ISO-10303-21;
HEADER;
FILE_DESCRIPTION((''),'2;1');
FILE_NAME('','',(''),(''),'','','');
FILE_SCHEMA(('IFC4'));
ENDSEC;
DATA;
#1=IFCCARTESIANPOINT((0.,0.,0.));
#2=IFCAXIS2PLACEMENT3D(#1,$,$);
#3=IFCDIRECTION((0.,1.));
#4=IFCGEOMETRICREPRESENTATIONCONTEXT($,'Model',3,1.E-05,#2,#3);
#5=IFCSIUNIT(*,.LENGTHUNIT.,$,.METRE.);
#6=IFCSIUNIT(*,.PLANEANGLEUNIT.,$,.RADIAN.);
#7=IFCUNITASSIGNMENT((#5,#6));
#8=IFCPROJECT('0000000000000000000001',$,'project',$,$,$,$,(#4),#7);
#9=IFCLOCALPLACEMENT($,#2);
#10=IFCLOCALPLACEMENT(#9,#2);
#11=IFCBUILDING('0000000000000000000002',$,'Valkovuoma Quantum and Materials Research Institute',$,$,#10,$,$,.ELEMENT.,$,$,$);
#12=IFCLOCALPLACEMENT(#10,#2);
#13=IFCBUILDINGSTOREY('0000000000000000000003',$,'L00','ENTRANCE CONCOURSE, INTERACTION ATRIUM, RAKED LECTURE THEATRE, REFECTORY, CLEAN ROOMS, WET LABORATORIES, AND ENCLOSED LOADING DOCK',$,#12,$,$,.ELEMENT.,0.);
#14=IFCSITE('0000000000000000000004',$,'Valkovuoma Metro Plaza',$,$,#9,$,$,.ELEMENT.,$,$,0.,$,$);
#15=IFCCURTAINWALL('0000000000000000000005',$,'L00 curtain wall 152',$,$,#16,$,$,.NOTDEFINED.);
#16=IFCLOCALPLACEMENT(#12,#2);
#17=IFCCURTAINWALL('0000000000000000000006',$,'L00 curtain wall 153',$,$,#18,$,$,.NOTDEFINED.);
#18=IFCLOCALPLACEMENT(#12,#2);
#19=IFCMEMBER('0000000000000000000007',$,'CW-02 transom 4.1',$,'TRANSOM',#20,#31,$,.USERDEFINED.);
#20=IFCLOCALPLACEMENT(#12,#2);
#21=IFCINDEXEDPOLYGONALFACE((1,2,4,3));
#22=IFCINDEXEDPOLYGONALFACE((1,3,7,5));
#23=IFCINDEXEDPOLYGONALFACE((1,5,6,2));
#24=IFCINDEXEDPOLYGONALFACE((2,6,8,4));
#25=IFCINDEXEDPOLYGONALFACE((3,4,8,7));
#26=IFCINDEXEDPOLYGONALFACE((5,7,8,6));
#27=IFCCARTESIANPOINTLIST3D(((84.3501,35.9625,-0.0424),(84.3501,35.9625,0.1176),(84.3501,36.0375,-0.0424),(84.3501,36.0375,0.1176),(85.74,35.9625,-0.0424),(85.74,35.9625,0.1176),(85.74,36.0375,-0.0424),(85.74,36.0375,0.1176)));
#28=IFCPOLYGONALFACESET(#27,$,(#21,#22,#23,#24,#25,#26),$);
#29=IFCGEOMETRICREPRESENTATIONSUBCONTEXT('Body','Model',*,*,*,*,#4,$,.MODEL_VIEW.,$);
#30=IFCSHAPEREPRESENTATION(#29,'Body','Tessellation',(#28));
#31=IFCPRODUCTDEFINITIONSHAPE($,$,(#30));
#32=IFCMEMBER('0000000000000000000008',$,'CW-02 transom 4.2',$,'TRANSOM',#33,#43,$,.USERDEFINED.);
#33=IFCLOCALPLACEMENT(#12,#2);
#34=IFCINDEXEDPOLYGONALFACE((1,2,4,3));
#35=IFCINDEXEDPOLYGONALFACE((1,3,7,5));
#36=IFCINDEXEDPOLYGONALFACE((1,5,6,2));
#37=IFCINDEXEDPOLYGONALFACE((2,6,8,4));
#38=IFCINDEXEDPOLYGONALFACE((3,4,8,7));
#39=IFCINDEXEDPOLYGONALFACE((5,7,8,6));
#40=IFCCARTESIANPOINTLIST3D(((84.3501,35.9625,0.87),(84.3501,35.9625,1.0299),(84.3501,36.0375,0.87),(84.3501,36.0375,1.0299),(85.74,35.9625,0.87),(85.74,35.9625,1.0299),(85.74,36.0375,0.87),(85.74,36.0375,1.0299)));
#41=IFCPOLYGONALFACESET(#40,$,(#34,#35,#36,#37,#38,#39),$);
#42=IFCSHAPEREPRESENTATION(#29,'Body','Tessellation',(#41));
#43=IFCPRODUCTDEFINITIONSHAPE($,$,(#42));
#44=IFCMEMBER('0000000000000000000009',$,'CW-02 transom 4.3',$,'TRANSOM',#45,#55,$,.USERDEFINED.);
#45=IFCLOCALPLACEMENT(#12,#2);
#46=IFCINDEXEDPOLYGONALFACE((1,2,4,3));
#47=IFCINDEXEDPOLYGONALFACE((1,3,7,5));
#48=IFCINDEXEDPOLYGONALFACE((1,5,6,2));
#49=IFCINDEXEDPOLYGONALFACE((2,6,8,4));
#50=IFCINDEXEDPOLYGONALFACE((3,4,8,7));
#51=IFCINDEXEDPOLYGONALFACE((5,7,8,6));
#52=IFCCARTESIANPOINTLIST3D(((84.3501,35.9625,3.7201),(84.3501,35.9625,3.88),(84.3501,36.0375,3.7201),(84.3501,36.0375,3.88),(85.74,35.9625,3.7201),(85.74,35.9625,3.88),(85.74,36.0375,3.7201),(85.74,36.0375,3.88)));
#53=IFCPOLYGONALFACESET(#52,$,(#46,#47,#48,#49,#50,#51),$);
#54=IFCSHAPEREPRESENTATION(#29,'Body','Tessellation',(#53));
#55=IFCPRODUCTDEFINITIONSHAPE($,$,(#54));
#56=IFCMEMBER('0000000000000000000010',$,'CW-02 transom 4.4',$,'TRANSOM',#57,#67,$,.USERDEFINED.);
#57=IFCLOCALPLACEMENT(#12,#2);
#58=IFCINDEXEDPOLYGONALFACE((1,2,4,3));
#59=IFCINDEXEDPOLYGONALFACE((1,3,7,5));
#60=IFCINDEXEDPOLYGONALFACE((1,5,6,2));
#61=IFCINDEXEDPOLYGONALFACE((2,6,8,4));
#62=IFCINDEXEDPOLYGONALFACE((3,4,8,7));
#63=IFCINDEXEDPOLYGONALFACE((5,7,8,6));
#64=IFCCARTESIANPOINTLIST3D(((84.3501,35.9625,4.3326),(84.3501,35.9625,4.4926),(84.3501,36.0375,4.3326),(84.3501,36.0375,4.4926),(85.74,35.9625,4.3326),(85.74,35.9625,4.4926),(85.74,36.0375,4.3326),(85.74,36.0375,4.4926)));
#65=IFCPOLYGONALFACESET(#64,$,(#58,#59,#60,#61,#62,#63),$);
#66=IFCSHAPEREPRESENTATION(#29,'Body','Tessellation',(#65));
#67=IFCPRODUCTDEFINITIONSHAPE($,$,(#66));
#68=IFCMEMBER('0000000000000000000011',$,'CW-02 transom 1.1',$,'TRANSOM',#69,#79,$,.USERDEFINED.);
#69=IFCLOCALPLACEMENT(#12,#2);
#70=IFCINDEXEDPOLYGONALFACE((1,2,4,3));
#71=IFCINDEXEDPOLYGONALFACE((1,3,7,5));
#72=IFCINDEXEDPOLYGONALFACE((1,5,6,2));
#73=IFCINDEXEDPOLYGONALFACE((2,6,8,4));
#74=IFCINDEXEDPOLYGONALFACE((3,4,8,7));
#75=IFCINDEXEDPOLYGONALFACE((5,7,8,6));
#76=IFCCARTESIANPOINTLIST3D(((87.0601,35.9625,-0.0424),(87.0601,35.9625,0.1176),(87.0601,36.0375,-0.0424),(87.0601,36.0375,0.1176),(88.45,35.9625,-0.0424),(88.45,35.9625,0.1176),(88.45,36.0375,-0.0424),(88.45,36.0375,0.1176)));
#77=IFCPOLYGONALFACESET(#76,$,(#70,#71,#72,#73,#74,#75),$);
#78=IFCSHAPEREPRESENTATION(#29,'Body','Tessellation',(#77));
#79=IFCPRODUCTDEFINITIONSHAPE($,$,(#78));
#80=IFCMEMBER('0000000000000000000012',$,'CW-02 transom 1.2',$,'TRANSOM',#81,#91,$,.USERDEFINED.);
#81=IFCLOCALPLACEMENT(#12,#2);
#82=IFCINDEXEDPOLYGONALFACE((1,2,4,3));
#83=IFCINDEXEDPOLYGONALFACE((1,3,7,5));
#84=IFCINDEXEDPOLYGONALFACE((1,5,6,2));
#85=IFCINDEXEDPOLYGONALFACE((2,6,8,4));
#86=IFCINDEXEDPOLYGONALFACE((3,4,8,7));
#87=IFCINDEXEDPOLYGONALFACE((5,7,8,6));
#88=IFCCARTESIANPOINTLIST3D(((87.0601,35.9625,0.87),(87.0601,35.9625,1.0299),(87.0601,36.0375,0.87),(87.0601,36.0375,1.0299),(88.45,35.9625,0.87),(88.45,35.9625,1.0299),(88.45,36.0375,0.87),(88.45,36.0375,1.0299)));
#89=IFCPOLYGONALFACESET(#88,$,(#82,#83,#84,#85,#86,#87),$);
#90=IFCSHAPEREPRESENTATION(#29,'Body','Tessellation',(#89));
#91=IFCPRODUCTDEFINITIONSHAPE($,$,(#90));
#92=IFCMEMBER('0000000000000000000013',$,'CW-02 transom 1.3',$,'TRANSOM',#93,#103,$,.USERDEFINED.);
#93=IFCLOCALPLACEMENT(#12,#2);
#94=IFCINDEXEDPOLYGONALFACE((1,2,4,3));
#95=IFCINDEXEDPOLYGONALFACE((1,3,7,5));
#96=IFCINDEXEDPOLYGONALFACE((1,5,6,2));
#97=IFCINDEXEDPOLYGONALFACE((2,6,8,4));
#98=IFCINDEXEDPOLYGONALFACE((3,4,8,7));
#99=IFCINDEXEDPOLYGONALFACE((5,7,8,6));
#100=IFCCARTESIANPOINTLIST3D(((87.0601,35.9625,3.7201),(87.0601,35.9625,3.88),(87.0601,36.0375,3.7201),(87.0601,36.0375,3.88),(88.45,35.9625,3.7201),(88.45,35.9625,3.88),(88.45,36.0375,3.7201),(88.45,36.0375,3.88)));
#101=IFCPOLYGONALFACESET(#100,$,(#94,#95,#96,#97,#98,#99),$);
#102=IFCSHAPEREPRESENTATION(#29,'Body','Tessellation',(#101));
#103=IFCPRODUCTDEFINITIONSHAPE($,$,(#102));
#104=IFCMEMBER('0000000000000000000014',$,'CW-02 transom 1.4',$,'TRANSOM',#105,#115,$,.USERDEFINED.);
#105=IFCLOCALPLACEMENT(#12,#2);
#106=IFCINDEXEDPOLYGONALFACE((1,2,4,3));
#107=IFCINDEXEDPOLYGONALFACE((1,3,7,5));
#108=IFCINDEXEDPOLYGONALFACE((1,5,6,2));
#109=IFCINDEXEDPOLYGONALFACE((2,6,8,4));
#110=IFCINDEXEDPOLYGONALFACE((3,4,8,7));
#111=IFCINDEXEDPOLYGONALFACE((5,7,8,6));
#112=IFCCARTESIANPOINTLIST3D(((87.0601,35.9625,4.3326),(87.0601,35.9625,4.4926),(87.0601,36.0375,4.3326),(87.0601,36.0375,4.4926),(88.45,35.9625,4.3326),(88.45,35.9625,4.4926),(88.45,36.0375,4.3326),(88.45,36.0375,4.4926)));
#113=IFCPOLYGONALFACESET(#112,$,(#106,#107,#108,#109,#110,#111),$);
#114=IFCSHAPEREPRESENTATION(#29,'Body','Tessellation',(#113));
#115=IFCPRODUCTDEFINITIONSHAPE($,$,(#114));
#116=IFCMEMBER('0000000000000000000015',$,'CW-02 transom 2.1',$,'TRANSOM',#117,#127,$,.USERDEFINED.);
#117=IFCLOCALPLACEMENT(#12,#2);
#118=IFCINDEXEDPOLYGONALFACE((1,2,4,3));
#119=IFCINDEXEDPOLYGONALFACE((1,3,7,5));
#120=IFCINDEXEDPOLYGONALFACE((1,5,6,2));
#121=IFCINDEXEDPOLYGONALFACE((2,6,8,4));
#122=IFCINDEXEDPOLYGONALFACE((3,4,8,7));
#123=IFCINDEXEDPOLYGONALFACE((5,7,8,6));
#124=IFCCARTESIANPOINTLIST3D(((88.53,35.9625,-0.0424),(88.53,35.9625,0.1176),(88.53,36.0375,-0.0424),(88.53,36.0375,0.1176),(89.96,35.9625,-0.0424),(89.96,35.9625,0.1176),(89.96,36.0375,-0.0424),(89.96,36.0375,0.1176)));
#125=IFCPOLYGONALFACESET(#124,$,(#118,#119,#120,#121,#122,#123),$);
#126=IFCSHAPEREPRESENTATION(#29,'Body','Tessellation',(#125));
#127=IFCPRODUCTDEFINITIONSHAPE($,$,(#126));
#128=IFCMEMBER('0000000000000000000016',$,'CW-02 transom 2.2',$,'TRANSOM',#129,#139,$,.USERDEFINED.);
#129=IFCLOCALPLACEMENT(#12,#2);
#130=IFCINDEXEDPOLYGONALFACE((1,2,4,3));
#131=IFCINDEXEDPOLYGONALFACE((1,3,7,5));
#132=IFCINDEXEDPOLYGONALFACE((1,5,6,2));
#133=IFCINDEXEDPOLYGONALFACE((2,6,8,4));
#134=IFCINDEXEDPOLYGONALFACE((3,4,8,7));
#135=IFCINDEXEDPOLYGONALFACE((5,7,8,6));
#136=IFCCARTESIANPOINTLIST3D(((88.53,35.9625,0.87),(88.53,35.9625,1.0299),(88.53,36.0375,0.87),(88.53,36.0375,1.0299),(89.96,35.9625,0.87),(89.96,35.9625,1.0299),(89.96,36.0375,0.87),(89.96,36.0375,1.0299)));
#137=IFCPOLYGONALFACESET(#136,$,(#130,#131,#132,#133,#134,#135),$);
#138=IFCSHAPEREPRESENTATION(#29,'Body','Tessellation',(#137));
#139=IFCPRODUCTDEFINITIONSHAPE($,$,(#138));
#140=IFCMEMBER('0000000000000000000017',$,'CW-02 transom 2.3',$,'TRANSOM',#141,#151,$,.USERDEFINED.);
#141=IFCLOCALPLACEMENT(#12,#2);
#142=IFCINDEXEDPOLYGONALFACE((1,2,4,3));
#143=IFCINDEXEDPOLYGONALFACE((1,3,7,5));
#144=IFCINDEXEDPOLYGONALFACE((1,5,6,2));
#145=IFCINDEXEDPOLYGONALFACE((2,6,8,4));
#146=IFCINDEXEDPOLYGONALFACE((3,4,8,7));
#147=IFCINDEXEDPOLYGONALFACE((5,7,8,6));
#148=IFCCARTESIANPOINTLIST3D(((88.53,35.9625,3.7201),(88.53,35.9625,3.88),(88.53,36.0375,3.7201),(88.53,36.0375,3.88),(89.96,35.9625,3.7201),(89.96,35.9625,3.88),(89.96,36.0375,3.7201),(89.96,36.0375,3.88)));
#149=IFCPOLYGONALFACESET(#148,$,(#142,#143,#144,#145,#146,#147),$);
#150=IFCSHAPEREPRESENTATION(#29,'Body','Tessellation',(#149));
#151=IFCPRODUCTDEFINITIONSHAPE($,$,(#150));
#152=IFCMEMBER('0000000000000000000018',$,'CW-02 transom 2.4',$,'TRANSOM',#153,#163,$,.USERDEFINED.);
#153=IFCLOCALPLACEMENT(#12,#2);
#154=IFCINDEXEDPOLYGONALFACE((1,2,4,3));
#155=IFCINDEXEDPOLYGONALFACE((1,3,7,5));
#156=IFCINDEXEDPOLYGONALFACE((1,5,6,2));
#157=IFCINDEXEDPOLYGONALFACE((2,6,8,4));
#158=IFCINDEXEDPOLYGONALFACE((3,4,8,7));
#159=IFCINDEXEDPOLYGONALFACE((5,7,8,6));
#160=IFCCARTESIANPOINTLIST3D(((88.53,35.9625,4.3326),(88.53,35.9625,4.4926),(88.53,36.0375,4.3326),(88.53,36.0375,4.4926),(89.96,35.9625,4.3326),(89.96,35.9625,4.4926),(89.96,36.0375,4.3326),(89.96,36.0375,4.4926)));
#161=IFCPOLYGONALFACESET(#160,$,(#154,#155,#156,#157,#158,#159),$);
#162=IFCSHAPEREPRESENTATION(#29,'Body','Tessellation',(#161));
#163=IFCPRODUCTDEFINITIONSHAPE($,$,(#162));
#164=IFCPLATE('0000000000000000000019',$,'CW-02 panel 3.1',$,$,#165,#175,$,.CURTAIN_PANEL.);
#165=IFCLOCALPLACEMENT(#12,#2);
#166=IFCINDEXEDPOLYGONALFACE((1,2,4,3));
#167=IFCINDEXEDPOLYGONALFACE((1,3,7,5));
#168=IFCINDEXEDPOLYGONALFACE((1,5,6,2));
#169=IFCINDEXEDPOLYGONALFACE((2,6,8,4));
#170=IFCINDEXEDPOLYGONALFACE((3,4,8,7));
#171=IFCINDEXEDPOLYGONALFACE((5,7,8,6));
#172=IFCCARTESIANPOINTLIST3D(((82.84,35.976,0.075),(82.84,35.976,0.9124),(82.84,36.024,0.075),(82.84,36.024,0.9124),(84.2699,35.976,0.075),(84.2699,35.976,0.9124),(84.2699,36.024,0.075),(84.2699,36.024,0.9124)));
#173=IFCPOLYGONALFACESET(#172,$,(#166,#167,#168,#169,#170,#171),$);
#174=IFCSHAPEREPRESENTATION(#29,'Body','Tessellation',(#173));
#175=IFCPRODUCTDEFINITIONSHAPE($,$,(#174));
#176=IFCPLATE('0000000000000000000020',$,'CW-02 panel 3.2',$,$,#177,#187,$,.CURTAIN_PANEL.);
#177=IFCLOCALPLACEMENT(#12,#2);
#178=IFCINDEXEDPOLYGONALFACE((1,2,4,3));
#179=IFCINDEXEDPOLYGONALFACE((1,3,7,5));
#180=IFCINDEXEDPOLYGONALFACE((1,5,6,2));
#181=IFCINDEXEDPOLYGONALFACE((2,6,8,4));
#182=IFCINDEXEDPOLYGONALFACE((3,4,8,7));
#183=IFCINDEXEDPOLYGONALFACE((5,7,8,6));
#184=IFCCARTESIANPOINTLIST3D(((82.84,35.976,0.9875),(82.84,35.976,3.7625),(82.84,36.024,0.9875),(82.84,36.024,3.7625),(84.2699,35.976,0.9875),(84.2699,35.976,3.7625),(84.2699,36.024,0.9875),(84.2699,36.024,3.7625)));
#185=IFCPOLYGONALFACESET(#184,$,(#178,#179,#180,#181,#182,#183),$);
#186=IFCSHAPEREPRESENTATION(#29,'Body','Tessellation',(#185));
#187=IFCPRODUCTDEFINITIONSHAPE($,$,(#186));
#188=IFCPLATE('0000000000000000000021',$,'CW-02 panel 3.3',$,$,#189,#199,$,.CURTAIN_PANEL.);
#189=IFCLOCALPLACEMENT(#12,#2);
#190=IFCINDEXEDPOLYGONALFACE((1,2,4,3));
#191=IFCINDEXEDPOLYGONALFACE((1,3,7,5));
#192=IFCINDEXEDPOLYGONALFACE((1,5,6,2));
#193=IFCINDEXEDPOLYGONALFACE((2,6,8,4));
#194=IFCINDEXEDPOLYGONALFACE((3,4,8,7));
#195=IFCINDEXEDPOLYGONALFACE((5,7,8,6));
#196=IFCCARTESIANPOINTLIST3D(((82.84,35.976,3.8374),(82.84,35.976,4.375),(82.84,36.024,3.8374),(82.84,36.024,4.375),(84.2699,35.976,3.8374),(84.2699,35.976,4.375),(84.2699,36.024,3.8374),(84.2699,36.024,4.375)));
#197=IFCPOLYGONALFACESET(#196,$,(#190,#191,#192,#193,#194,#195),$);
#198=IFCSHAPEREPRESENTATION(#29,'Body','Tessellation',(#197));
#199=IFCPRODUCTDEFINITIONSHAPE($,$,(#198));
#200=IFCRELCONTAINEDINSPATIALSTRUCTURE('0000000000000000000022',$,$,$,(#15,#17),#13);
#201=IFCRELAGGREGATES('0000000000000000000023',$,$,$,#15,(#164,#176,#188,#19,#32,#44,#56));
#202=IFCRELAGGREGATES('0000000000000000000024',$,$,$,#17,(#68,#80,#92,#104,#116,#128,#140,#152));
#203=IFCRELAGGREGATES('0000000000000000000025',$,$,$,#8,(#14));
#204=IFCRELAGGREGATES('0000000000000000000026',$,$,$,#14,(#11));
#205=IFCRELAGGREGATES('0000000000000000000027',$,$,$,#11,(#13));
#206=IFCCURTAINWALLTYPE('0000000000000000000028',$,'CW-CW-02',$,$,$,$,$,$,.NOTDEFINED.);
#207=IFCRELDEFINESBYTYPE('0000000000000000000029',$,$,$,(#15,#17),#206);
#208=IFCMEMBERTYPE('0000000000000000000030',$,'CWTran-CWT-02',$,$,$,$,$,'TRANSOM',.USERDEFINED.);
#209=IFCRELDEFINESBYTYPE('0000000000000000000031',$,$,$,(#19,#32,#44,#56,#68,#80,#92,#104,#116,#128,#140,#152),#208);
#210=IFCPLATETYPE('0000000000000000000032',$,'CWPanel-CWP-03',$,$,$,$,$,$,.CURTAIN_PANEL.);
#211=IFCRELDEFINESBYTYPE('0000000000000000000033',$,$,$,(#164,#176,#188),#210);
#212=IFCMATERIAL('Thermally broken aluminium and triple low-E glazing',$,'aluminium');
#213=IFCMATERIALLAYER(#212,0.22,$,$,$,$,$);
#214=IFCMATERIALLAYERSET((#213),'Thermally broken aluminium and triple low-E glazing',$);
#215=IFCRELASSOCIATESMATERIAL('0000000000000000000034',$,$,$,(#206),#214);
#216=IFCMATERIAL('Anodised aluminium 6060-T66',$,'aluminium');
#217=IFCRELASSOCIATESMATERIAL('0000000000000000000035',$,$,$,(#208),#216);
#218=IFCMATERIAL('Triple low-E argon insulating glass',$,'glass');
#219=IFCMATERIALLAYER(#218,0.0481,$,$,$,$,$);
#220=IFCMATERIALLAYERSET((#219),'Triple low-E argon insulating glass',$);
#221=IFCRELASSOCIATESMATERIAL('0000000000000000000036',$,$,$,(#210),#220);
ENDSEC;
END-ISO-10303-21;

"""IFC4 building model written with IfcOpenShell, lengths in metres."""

from ifc_helpers import new_model, si_unit, direction, frame, origin, origin_2d, place, context, subcontext, project, spatial, rectangle, extrude, material, layer, layer_set, material_profile, profile_set, type_object, element, aggregate, save


model = new_model("IFC4")

# Units and contexts
model_context = context("Model", 3, precision=1e-05, world=origin(), true_north=direction((0.0, 1.0)))
body_context = subcontext(model_context, "Body", "Model", "MODEL_VIEW")
ifc_project = project(units=[si_unit("LENGTHUNIT", "METRE"), si_unit("PLANEANGLEUNIT", "RADIAN")], contexts=[model_context])

# Site, building, storey
site_placement = place(None, origin())
site = spatial("IfcSite", under=ifc_project, at=site_placement, Name="Valkovuoma Metro Plaza", CompositionType="ELEMENT", RefElevation=0.0)
building_placement = place(site_placement, origin())
building = spatial("IfcBuilding", under=site, at=building_placement, Name="Valkovuoma Quantum and Materials Research Institute", CompositionType="ELEMENT")
storey_placement = place(building_placement, origin())
storey = spatial("IfcBuildingStorey", under=building, at=storey_placement, Name="L00", Description="ENTRANCE CONCOURSE, INTERACTION ATRIUM, RAKED LECTURE THEATRE, REFECTORY, CLEAN ROOMS, WET LABORATORIES, AND ENCLOSED LOADING DOCK", CompositionType="ELEMENT", Elevation=0.0)

# Curtain walls
ifc_material_1 = material(Name="Thermally broken aluminium and triple low-E glazing", Category="aluminium")
ifc_layer_1 = layer(ifc_material_1, 0.22)
ifc_layer_set_1 = layer_set([ifc_layer_1], Name="Thermally broken aluminium and triple low-E glazing")
curtain_wall_type = type_object("IfcCurtainWallType", Name="CW-CW-02", PredefinedType="NOTDEFINED", material=ifc_layer_set_1)
curtain_wall_1_placement = place(storey_placement, origin())
curtain_wall_1 = element("IfcCurtainWall", 1, at=curtain_wall_1_placement, inside=storey, type_object=curtain_wall_type, Name="L00 curtain wall 152", PredefinedType="NOTDEFINED")
curtain_wall_2_placement = place(storey_placement, origin())
curtain_wall_2 = element("IfcCurtainWall", 2, at=curtain_wall_2_placement, inside=storey, type_object=curtain_wall_type, Name="L00 curtain wall 153", PredefinedType="NOTDEFINED")

# Members
ifc_material_2 = material(Name="Anodised aluminium 6060-T66", Category="aluminium")
ifc_material_profile_1 = material_profile(ifc_material_2, rectangle(XDim=0.075, YDim=0.1599, at=origin_2d()), Name="Anodised aluminium 6060-T66")
ifc_profile_set_1 = profile_set([ifc_material_profile_1], Name="Anodised aluminium 6060-T66")
member_type_1 = type_object("IfcMemberType", Name="CWTran-CWT-02", ElementType="TRANSOM", PredefinedType="USERDEFINED", material=ifc_profile_set_1)
member_1_placement = place(storey_placement, frame((84.3501, 36.0, 0.0376), z_axis=(1.0, 0.0, 0.0), x_axis=(0.0, 1.0, 0.0)))
member_1 = element("IfcMember", 3, at=member_1_placement, type_object=member_type_1, Name="CW-02 transom 4.1", ObjectType="TRANSOM", PredefinedType="USERDEFINED", context=body_context, shape_type="SweptSolid", body=[
    extrude(rectangle(XDim=0.075, YDim=0.1599, at=origin_2d()), origin(), (0.0, 0.0, 1.0), 1.3899),
])
member_2_placement = place(storey_placement, frame((84.3501, 36.0, 0.95), z_axis=(1.0, 0.0, 0.0), x_axis=(0.0, 1.0, 0.0)))
member_2 = element("IfcMember", 4, at=member_2_placement, type_object=member_type_1, Name="CW-02 transom 4.2", ObjectType="TRANSOM", PredefinedType="USERDEFINED", context=body_context, shape_type="SweptSolid", body=[
    extrude(rectangle(XDim=0.075, YDim=0.1599, at=origin_2d()), origin(), (0.0, 0.0, 1.0), 1.3899),
])
member_3_placement = place(storey_placement, frame((84.3501, 36.0, 3.8), z_axis=(1.0, 0.0, 0.0), x_axis=(0.0, 1.0, 0.0)))
member_3 = element("IfcMember", 5, at=member_3_placement, type_object=member_type_1, Name="CW-02 transom 4.3", ObjectType="TRANSOM", PredefinedType="USERDEFINED", context=body_context, shape_type="SweptSolid", body=[
    extrude(rectangle(XDim=0.075, YDim=0.1599, at=origin_2d()), origin(), (0.0, 0.0, 1.0), 1.3899),
])
member_4_placement = place(storey_placement, frame((84.3501, 36.0, 4.4126), z_axis=(1.0, 0.0, 0.0), x_axis=(0.0, 1.0, 0.0)))
member_4 = element("IfcMember", 6, at=member_4_placement, type_object=member_type_1, Name="CW-02 transom 4.4", ObjectType="TRANSOM", PredefinedType="USERDEFINED", context=body_context, shape_type="SweptSolid", body=[
    extrude(rectangle(XDim=0.075, YDim=0.1599, at=origin_2d()), origin(), (0.0, 0.0, 1.0), 1.3899),
])
member_5_placement = place(storey_placement, frame((87.0601, 36.0, 0.0376), z_axis=(1.0, 0.0, 0.0), x_axis=(0.0, 1.0, 0.0)))
member_5 = element("IfcMember", 7, at=member_5_placement, type_object=member_type_1, Name="CW-02 transom 1.1", ObjectType="TRANSOM", PredefinedType="USERDEFINED", context=body_context, shape_type="SweptSolid", body=[
    extrude(rectangle(XDim=0.075, YDim=0.1599, at=origin_2d()), origin(), (0.0, 0.0, 1.0), 1.3899),
])
member_6_placement = place(storey_placement, frame((87.0601, 36.0, 0.95), z_axis=(1.0, 0.0, 0.0), x_axis=(0.0, 1.0, 0.0)))
member_6 = element("IfcMember", 8, at=member_6_placement, type_object=member_type_1, Name="CW-02 transom 1.2", ObjectType="TRANSOM", PredefinedType="USERDEFINED", context=body_context, shape_type="SweptSolid", body=[
    extrude(rectangle(XDim=0.075, YDim=0.1599, at=origin_2d()), origin(), (0.0, 0.0, 1.0), 1.3899),
])
member_7_placement = place(storey_placement, frame((87.0601, 36.0, 3.8), z_axis=(1.0, 0.0, 0.0), x_axis=(0.0, 1.0, 0.0)))
member_7 = element("IfcMember", 9, at=member_7_placement, type_object=member_type_1, Name="CW-02 transom 1.3", ObjectType="TRANSOM", PredefinedType="USERDEFINED", context=body_context, shape_type="SweptSolid", body=[
    extrude(rectangle(XDim=0.075, YDim=0.1599, at=origin_2d()), origin(), (0.0, 0.0, 1.0), 1.3899),
])
member_8_placement = place(storey_placement, frame((87.0601, 36.0, 4.4126), z_axis=(1.0, 0.0, 0.0), x_axis=(0.0, 1.0, 0.0)))
member_8 = element("IfcMember", 10, at=member_8_placement, type_object=member_type_1, Name="CW-02 transom 1.4", ObjectType="TRANSOM", PredefinedType="USERDEFINED", context=body_context, shape_type="SweptSolid", body=[
    extrude(rectangle(XDim=0.075, YDim=0.1599, at=origin_2d()), origin(), (0.0, 0.0, 1.0), 1.3899),
])
member_9_placement = place(storey_placement, frame((88.53, 36.0, 0.0376), z_axis=(1.0, 0.0, 0.0), x_axis=(0.0, 1.0, 0.0)))
member_9 = element("IfcMember", 11, at=member_9_placement, type_object=member_type_1, Name="CW-02 transom 2.1", ObjectType="TRANSOM", PredefinedType="USERDEFINED", context=body_context, shape_type="SweptSolid", body=[
    extrude(rectangle(XDim=0.075, YDim=0.1599, at=origin_2d()), origin(), (0.0, 0.0, 1.0), 1.4299),
])
member_10_placement = place(storey_placement, frame((88.53, 36.0, 0.95), z_axis=(1.0, 0.0, 0.0), x_axis=(0.0, 1.0, 0.0)))
member_10 = element("IfcMember", 12, at=member_10_placement, type_object=member_type_1, Name="CW-02 transom 2.2", ObjectType="TRANSOM", PredefinedType="USERDEFINED", context=body_context, shape_type="SweptSolid", body=[
    extrude(rectangle(XDim=0.075, YDim=0.1599, at=origin_2d()), origin(), (0.0, 0.0, 1.0), 1.4299),
])
member_11_placement = place(storey_placement, frame((88.53, 36.0, 3.8), z_axis=(1.0, 0.0, 0.0), x_axis=(0.0, 1.0, 0.0)))
member_11 = element("IfcMember", 13, at=member_11_placement, type_object=member_type_1, Name="CW-02 transom 2.3", ObjectType="TRANSOM", PredefinedType="USERDEFINED", context=body_context, shape_type="SweptSolid", body=[
    extrude(rectangle(XDim=0.075, YDim=0.1599, at=origin_2d()), origin(), (0.0, 0.0, 1.0), 1.4299),
])
member_12_placement = place(storey_placement, frame((88.53, 36.0, 4.4126), z_axis=(1.0, 0.0, 0.0), x_axis=(0.0, 1.0, 0.0)))
member_12 = element("IfcMember", 14, at=member_12_placement, type_object=member_type_1, Name="CW-02 transom 2.4", ObjectType="TRANSOM", PredefinedType="USERDEFINED", context=body_context, shape_type="SweptSolid", body=[
    extrude(rectangle(XDim=0.075, YDim=0.1599, at=origin_2d()), origin(), (0.0, 0.0, 1.0), 1.4299),
])

# Plates
ifc_material_3 = material(Name="Triple low-E argon insulating glass", Category="glass")
ifc_layer_2 = layer(ifc_material_3, 0.0481)
ifc_layer_set_2 = layer_set([ifc_layer_2], Name="Triple low-E argon insulating glass")
plate_type = type_object("IfcPlateType", Name="CWPanel-CWP-03", PredefinedType="CURTAIN_PANEL", material=ifc_layer_set_2)
plate_1_placement = place(storey_placement, frame((83.5549, 36.0, 0.075), z_axis=(0.0, 0.0, 1.0), x_axis=(1.0, 0.0, 0.0)))
plate_1 = element("IfcPlate", 15, at=plate_1_placement, type_object=plate_type, Name="CW-02 panel 3.1", PredefinedType="CURTAIN_PANEL", context=body_context, shape_type="SweptSolid", body=[
    extrude(rectangle(XDim=1.4299, YDim=0.0481, at=origin_2d()), origin(), (0.0, 0.0, 1.0), 0.8374),
])
plate_2_placement = place(storey_placement, frame((83.5549, 36.0, 0.9875), z_axis=(0.0, 0.0, 1.0), x_axis=(1.0, 0.0, 0.0)))
plate_2 = element("IfcPlate", 16, at=plate_2_placement, type_object=plate_type, Name="CW-02 panel 3.2", PredefinedType="CURTAIN_PANEL", context=body_context, shape_type="SweptSolid", body=[
    extrude(rectangle(XDim=1.4299, YDim=0.0481, at=origin_2d()), origin(), (0.0, 0.0, 1.0), 2.7749),
])
plate_3_placement = place(storey_placement, frame((83.5549, 36.0, 3.8374), z_axis=(0.0, 0.0, 1.0), x_axis=(1.0, 0.0, 0.0)))
plate_3 = element("IfcPlate", 17, at=plate_3_placement, type_object=plate_type, Name="CW-02 panel 3.3", PredefinedType="CURTAIN_PANEL", context=body_context, shape_type="SweptSolid", body=[
    extrude(rectangle(XDim=1.4299, YDim=0.0481, at=origin_2d()), origin(), (0.0, 0.0, 1.0), 0.5376),
])
aggregate(curtain_wall_1, [plate_1, plate_2, plate_3, member_1, member_2, member_3, member_4])
aggregate(curtain_wall_2, [member_5, member_6, member_7, member_8, member_9, member_10, member_11, member_12])

save(model, "model.ifc")
